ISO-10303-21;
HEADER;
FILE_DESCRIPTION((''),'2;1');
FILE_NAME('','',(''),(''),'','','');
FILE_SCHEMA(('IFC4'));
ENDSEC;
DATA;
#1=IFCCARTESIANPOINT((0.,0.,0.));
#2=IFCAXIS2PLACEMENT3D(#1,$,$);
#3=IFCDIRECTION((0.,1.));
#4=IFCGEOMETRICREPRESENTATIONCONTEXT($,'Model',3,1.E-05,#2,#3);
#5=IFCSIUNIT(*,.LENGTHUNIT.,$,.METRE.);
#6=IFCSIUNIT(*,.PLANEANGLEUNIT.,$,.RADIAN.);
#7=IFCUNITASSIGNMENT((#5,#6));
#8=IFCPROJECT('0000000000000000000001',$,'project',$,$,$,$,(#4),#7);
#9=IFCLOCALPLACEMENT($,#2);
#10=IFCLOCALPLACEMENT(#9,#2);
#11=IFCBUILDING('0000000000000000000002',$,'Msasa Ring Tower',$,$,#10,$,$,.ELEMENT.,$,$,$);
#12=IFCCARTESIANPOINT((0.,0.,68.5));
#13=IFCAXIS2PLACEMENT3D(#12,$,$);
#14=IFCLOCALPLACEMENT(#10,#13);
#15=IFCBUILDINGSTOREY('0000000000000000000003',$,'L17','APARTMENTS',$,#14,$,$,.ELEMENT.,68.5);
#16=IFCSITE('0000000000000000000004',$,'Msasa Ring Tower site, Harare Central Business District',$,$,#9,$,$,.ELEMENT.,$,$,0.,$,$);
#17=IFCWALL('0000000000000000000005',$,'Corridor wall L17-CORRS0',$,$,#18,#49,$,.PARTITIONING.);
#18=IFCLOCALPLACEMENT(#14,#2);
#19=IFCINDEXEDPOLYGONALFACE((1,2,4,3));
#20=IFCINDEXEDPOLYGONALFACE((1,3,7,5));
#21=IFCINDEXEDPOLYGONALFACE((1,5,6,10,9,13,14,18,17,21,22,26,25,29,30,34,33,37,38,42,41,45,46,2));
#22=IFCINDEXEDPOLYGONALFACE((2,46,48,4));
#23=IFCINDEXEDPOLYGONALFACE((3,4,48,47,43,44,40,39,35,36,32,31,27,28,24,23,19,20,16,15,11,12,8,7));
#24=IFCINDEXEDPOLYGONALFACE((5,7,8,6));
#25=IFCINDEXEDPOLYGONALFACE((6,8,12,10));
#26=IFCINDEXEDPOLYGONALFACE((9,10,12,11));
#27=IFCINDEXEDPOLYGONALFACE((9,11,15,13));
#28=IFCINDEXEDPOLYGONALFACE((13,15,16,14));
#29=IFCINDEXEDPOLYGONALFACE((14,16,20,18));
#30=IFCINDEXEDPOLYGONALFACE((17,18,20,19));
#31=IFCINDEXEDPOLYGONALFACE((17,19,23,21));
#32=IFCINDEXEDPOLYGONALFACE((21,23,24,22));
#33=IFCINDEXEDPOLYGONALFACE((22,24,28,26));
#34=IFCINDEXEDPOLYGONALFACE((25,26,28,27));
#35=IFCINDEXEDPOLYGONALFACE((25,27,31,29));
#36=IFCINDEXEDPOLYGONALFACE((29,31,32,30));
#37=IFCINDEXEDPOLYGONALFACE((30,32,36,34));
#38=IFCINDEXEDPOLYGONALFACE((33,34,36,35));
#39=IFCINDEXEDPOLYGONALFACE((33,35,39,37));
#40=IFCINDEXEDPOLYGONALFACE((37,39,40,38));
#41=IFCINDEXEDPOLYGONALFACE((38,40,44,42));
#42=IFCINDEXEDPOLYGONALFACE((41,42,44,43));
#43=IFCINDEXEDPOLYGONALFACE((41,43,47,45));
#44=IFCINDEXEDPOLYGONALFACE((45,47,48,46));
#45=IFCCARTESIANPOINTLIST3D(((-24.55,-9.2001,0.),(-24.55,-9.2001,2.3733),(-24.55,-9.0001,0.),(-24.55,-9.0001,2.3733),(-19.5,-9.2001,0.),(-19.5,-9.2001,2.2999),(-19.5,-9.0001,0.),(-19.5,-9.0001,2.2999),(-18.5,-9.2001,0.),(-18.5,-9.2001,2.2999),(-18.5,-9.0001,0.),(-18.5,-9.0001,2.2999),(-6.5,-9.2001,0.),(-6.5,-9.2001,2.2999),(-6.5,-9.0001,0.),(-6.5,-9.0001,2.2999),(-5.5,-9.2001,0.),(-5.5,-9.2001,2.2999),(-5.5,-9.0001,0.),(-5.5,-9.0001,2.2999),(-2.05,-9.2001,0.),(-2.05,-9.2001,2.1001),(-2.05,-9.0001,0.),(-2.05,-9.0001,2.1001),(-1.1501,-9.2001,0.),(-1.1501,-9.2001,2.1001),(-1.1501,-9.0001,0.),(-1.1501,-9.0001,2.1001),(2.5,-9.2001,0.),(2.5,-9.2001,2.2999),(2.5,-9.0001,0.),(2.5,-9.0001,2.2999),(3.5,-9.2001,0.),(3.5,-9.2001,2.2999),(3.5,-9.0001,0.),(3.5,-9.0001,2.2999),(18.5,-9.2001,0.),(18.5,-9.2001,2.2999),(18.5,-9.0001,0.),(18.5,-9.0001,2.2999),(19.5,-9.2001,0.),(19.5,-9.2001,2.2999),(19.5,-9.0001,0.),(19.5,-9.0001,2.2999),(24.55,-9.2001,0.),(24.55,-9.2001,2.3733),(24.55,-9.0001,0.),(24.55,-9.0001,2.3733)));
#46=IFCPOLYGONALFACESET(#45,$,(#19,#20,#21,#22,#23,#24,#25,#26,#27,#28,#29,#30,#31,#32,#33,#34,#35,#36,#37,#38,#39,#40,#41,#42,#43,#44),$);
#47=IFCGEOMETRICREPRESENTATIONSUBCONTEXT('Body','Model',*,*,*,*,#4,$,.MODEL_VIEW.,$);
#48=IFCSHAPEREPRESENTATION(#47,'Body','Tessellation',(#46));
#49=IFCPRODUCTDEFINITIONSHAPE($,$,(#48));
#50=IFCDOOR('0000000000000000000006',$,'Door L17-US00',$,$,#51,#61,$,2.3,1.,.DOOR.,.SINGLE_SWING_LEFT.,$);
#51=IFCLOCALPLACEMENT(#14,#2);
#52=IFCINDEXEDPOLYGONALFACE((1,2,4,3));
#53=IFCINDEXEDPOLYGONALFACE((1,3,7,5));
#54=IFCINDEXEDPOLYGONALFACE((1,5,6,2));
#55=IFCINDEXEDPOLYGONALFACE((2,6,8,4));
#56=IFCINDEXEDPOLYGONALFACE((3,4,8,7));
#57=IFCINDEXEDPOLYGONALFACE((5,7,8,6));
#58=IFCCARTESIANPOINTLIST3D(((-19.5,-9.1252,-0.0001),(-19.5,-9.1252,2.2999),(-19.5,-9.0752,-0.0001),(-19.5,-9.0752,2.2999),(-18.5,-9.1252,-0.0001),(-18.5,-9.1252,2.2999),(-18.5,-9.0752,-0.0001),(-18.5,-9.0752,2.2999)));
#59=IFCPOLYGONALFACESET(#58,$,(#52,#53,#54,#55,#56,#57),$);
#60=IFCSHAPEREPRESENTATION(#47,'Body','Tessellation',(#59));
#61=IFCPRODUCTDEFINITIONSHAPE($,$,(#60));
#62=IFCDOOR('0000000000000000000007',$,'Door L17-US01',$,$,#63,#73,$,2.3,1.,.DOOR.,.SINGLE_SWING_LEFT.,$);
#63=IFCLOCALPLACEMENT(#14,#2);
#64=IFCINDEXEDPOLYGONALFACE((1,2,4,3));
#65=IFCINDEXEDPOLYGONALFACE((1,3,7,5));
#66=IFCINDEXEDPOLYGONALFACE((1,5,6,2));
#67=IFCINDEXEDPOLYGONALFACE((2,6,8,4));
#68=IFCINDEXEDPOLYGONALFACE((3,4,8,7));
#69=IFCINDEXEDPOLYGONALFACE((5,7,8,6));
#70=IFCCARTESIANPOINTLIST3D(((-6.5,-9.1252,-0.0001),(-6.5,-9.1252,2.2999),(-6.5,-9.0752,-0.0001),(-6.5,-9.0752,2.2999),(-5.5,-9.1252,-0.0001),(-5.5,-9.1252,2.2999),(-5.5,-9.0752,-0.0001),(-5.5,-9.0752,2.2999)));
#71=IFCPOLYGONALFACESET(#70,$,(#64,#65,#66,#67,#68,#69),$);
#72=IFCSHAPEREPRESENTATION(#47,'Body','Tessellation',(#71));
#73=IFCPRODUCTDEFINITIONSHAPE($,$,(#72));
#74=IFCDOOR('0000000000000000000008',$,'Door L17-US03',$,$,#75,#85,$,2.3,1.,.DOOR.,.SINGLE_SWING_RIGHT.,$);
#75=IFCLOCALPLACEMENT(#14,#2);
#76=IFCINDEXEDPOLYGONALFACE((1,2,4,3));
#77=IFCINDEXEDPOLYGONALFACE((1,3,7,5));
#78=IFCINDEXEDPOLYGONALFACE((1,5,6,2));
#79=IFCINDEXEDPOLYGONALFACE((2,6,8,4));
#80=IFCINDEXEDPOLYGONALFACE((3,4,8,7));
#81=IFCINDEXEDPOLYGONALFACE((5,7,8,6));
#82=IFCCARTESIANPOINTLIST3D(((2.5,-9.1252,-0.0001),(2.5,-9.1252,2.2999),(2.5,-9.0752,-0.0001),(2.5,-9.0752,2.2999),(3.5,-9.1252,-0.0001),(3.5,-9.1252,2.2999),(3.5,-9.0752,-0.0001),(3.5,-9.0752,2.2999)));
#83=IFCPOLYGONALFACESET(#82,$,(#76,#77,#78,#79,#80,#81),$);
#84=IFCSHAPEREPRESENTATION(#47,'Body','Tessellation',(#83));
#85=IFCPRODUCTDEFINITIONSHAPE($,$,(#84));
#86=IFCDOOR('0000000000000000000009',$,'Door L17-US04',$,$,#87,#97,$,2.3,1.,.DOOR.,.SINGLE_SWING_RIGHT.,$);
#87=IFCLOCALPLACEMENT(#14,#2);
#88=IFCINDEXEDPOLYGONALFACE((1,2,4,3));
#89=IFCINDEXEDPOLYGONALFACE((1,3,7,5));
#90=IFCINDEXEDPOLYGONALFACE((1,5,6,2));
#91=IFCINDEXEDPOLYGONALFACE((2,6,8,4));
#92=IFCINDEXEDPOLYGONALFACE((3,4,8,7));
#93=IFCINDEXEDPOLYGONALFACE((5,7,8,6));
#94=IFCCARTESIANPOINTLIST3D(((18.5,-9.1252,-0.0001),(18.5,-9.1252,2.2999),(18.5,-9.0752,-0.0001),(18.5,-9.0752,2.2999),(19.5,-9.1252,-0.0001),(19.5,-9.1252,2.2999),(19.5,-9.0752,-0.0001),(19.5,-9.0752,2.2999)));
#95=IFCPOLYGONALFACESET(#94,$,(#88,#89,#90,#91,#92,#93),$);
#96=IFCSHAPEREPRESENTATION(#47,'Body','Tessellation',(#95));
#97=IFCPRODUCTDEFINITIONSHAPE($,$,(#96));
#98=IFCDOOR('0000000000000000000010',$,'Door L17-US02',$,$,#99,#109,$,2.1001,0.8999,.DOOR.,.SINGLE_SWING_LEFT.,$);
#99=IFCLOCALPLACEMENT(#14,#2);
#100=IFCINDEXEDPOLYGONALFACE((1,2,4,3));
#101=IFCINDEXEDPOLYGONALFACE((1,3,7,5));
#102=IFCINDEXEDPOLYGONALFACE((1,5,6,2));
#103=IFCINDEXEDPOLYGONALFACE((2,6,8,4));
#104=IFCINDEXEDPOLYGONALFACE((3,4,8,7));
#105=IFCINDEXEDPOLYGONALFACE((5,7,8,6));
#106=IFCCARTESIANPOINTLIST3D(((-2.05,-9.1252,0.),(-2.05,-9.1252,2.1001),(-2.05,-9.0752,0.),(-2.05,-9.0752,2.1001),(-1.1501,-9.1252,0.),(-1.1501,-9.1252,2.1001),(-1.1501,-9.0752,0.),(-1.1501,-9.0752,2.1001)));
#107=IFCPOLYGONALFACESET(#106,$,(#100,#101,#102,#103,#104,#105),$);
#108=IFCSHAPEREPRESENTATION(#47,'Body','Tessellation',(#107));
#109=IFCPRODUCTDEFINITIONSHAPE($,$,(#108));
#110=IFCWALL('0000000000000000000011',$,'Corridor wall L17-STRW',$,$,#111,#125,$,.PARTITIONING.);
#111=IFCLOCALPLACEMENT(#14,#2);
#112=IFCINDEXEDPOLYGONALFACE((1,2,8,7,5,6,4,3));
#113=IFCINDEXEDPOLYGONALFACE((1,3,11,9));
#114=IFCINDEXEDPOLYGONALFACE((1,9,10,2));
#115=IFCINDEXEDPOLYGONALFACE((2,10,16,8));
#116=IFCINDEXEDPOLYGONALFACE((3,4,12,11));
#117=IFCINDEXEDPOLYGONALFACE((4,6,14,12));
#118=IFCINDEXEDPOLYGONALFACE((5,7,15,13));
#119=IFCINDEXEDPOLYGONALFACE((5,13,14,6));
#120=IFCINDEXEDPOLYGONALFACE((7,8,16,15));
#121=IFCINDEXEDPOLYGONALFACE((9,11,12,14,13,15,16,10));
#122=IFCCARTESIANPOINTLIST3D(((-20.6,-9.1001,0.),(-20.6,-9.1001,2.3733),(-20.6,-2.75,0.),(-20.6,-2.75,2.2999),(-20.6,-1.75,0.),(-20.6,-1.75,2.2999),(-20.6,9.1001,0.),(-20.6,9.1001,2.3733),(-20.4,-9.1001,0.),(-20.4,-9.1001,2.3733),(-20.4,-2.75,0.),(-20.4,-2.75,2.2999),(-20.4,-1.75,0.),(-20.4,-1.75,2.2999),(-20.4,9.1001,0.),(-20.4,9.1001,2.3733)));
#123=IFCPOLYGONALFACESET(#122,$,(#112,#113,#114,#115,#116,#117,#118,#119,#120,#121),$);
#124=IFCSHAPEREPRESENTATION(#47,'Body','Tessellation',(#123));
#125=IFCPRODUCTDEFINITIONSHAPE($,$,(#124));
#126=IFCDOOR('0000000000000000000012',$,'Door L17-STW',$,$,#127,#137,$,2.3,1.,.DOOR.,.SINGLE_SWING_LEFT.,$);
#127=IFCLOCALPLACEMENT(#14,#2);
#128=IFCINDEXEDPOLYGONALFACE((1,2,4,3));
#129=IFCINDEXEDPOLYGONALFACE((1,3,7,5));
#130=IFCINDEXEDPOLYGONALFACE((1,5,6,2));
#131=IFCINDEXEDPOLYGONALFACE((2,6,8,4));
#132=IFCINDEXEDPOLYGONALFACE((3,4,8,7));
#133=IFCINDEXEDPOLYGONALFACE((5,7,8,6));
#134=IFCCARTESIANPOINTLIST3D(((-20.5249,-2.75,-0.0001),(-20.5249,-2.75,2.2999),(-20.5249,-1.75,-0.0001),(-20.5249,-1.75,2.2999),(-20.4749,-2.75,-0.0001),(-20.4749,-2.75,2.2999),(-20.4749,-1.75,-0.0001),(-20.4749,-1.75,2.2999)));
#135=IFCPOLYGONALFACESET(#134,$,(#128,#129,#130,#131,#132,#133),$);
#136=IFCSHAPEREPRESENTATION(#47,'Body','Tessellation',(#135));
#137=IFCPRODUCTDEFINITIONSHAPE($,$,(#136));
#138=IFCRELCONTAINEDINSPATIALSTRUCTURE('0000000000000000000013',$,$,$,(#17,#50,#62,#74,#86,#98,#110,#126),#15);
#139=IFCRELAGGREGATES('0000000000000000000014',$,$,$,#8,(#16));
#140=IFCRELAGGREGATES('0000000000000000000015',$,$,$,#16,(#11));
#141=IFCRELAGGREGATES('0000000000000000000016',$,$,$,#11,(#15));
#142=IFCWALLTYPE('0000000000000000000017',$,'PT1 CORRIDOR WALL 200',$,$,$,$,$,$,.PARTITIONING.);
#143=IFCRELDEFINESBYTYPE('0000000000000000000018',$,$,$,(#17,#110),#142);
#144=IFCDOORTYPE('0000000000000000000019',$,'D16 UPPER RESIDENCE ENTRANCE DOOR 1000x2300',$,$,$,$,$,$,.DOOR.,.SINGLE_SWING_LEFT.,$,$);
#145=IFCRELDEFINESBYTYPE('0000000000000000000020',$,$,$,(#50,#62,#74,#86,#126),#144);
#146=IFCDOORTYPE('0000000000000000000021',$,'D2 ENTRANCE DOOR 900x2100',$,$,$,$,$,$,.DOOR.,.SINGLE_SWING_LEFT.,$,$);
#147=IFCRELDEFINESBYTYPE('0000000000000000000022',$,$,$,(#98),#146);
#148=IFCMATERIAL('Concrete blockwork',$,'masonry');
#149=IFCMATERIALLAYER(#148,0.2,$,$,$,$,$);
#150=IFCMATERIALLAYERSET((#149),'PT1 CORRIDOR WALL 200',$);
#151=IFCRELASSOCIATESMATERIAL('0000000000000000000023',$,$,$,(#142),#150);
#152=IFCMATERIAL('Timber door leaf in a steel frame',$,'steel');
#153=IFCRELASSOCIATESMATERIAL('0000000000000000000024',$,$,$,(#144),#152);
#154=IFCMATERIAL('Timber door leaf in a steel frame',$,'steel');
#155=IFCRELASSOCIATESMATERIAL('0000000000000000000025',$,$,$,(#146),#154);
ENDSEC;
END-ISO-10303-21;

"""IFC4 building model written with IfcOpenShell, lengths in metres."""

from ifc_helpers import new_model, si_unit, direction, frame, frame_2d, origin, place, context, subcontext, project, spatial, rectangle, extrude, material, layer, layer_set, type_object, element, fill, save


model = new_model("IFC4")

# Units and contexts
model_context = context("Model", 3, precision=1e-05, world=origin(), true_north=direction((0.0, 1.0)))
body_context = subcontext(model_context, "Body", "Model", "MODEL_VIEW")
ifc_project = project(units=[si_unit("LENGTHUNIT", "METRE"), si_unit("PLANEANGLEUNIT", "RADIAN")], contexts=[model_context])

# Site, building, storey
site_placement = place(None, origin())
site = spatial("IfcSite", under=ifc_project, at=site_placement, Name="Msasa Ring Tower site, Harare Central Business District", CompositionType="ELEMENT", RefElevation=0.0)
building_placement = place(site_placement, origin())
building = spatial("IfcBuilding", under=site, at=building_placement, Name="Msasa Ring Tower", CompositionType="ELEMENT")
storey_placement = place(building_placement, frame((0.0, 0.0, 68.5)))
storey = spatial("IfcBuildingStorey", under=building, at=storey_placement, Name="L17", Description="APARTMENTS", CompositionType="ELEMENT", Elevation=68.5)

# Wall, openings, doors
ifc_material_1 = material(Name="Concrete blockwork", Category="masonry")
ifc_layer_1 = layer(ifc_material_1, 0.2)
ifc_layer_set_1 = layer_set([ifc_layer_1], Name="PT1 CORRIDOR WALL 200")
wall_type_1 = type_object("IfcWallType", Name="PT1 CORRIDOR WALL 200", PredefinedType="PARTITIONING", material=ifc_layer_set_1)
wall_1_placement = place(storey_placement, frame((-24.55, -9.1001, 0.0), z_axis=(0.0, 0.0, 1.0), x_axis=(1.0, 0.0, 0.0)))
wall_1 = element("IfcWall", 1, at=wall_1_placement, inside=storey, type_object=wall_type_1, Name="Corridor wall L17-CORRS0", PredefinedType="PARTITIONING", context=body_context, shape_type="SweptSolid", body=[
    extrude(rectangle(XDim=49.1001, YDim=0.2, at=frame_2d((24.55, 0.0))), origin(), (0.0, 0.0, 1.0), 2.3733),
])
opening_1_placement = place(wall_1_placement, frame((5.05, 0.0, 0.0)))
opening_1 = element("IfcOpeningElement", 2, at=opening_1_placement, cuts=wall_1, PredefinedType="OPENING", context=body_context, shape_type="SweptSolid", body=[
    extrude(rectangle(XDim=1.0, YDim=2.3, at=frame_2d((0.5, 1.1499))), frame((0.0, 0.1099, 0.0), z_axis=(0.0, -1.0, 0.0), x_axis=(1.0, 0.0, 0.0)), (0.0, 0.0, 1.0), 0.22),
])
opening_2_placement = place(wall_1_placement, frame((18.05, 0.0, 0.0)))
opening_2 = element("IfcOpeningElement", 3, at=opening_2_placement, cuts=wall_1, PredefinedType="OPENING", context=body_context, shape_type="SweptSolid", body=[
    extrude(rectangle(XDim=1.0, YDim=2.3, at=frame_2d((0.5, 1.1499))), frame((0.0, 0.1099, 0.0), z_axis=(0.0, -1.0, 0.0), x_axis=(1.0, 0.0, 0.0)), (0.0, 0.0, 1.0), 0.22),
])
opening_3_placement = place(wall_1_placement, frame((22.5, 0.0, 0.0)))
opening_3 = element("IfcOpeningElement", 4, at=opening_3_placement, cuts=wall_1, PredefinedType="OPENING", context=body_context, shape_type="SweptSolid", body=[
    extrude(rectangle(XDim=0.8999, YDim=2.1001, at=frame_2d((0.45, 1.05))), frame((0.0, 0.1099, 0.0), z_axis=(0.0, -1.0, 0.0), x_axis=(1.0, 0.0, 0.0)), (0.0, 0.0, 1.0), 0.22),
])
opening_4_placement = place(wall_1_placement, frame((27.05, 0.0, 0.0)))
opening_4 = element("IfcOpeningElement", 5, at=opening_4_placement, cuts=wall_1, PredefinedType="OPENING", context=body_context, shape_type="SweptSolid", body=[
    extrude(rectangle(XDim=1.0, YDim=2.3, at=frame_2d((0.5, 1.1499))), frame((0.0, 0.1099, 0.0), z_axis=(0.0, -1.0, 0.0), x_axis=(1.0, 0.0, 0.0)), (0.0, 0.0, 1.0), 0.22),
])
opening_5_placement = place(wall_1_placement, frame((43.05, 0.0, 0.0)))
opening_5 = element("IfcOpeningElement", 6, at=opening_5_placement, cuts=wall_1, PredefinedType="OPENING", context=body_context, shape_type="SweptSolid", body=[
    extrude(rectangle(XDim=1.0, YDim=2.3, at=frame_2d((0.5, 1.1499))), frame((0.0, 0.1099, 0.0), z_axis=(0.0, -1.0, 0.0), x_axis=(1.0, 0.0, 0.0)), (0.0, 0.0, 1.0), 0.22),
])
ifc_material_2 = material(Name="Timber door leaf in a steel frame", Category="steel")
door_type_1 = type_object("IfcDoorType", Name="D16 UPPER RESIDENCE ENTRANCE DOOR 1000x2300", OperationType="SINGLE_SWING_LEFT", PredefinedType="DOOR", material=ifc_material_2)
door_1_placement = place(opening_1_placement, origin())
door_1 = element("IfcDoor", 7, at=door_1_placement, inside=storey, type_object=door_type_1, Name="Door L17-US00", OperationType="SINGLE_SWING_LEFT", OverallHeight=2.3, OverallWidth=1.0, PredefinedType="DOOR", context=body_context, shape_type="SweptSolid", body=[
    extrude(rectangle(XDim=1.0, YDim=2.3, at=frame_2d((0.5, 1.1499))), frame((0.0, 0.0249, 0.0), z_axis=(0.0, -1.0, 0.0), x_axis=(1.0, 0.0, 0.0)), (0.0, 0.0, 1.0), 0.05),
])
fill(opening_1, door_1)
door_2_placement = place(opening_2_placement, origin())
door_2 = element("IfcDoor", 8, at=door_2_placement, inside=storey, type_object=door_type_1, Name="Door L17-US01", OperationType="SINGLE_SWING_LEFT", OverallHeight=2.3, OverallWidth=1.0, PredefinedType="DOOR", context=body_context, shape_type="SweptSolid", body=[
    extrude(rectangle(XDim=1.0, YDim=2.3, at=frame_2d((0.5, 1.1499))), frame((0.0, 0.0249, 0.0), z_axis=(0.0, -1.0, 0.0), x_axis=(1.0, 0.0, 0.0)), (0.0, 0.0, 1.0), 0.05),
])
fill(opening_2, door_2)
door_3_placement = place(opening_4_placement, origin())
door_3 = element("IfcDoor", 9, at=door_3_placement, inside=storey, type_object=door_type_1, Name="Door L17-US03", OperationType="SINGLE_SWING_RIGHT", OverallHeight=2.3, OverallWidth=1.0, PredefinedType="DOOR", context=body_context, shape_type="SweptSolid", body=[
    extrude(rectangle(XDim=1.0, YDim=2.3, at=frame_2d((0.5, 1.1499))), frame((0.0, 0.0249, 0.0), z_axis=(0.0, -1.0, 0.0), x_axis=(1.0, 0.0, 0.0)), (0.0, 0.0, 1.0), 0.05),
])
fill(opening_4, door_3)
door_4_placement = place(opening_5_placement, origin())
door_4 = element("IfcDoor", 10, at=door_4_placement, inside=storey, type_object=door_type_1, Name="Door L17-US04", OperationType="SINGLE_SWING_RIGHT", OverallHeight=2.3, OverallWidth=1.0, PredefinedType="DOOR", context=body_context, shape_type="SweptSolid", body=[
    extrude(rectangle(XDim=1.0, YDim=2.3, at=frame_2d((0.5, 1.1499))), frame((0.0, 0.0249, 0.0), z_axis=(0.0, -1.0, 0.0), x_axis=(1.0, 0.0, 0.0)), (0.0, 0.0, 1.0), 0.05),
])
fill(opening_5, door_4)
ifc_material_3 = material(Name="Timber door leaf in a steel frame", Category="steel")
door_type_2 = type_object("IfcDoorType", Name="D2 ENTRANCE DOOR 900x2100", OperationType="SINGLE_SWING_LEFT", PredefinedType="DOOR", material=ifc_material_3)
door_5_placement = place(opening_3_placement, origin())
door_5 = element("IfcDoor", 11, at=door_5_placement, inside=storey, type_object=door_type_2, Name="Door L17-US02", OperationType="SINGLE_SWING_LEFT", OverallHeight=2.1001, OverallWidth=0.8999, PredefinedType="DOOR", context=body_context, shape_type="SweptSolid", body=[
    extrude(rectangle(XDim=0.8999, YDim=2.1001, at=frame_2d((0.45, 1.05))), frame((0.0, 0.0249, 0.0), z_axis=(0.0, -1.0, 0.0), x_axis=(1.0, 0.0, 0.0)), (0.0, 0.0, 1.0), 0.05),
])
fill(opening_3, door_5)

# Wall, opening, door
wall_2_placement = place(storey_placement, frame((-20.5, -9.1001, 0.0), z_axis=(0.0, 0.0, 1.0), x_axis=(0.0, 1.0, 0.0)))
wall_2 = element("IfcWall", 12, at=wall_2_placement, inside=storey, type_object=wall_type_1, Name="Corridor wall L17-STRW", PredefinedType="PARTITIONING", context=body_context, shape_type="SweptSolid", body=[
    extrude(rectangle(XDim=18.2002, YDim=0.2, at=frame_2d((9.1001, 0.0))), origin(), (0.0, 0.0, 1.0), 2.3733),
])
opening_6_placement = place(wall_2_placement, frame((6.3501, 0.0, 0.0)))
opening_6 = element("IfcOpeningElement", 13, at=opening_6_placement, cuts=wall_2, PredefinedType="OPENING", context=body_context, shape_type="SweptSolid", body=[
    extrude(rectangle(XDim=1.0, YDim=2.3, at=frame_2d((0.5, 1.1499))), frame((0.0, 0.1099, 0.0), z_axis=(0.0, -1.0, 0.0), x_axis=(1.0, 0.0, 0.0)), (0.0, 0.0, 1.0), 0.22),
])
door_6_placement = place(opening_6_placement, origin())
door_6 = element("IfcDoor", 14, at=door_6_placement, inside=storey, type_object=door_type_1, Name="Door L17-STW", OperationType="SINGLE_SWING_LEFT", OverallHeight=2.3, OverallWidth=1.0, PredefinedType="DOOR", context=body_context, shape_type="SweptSolid", body=[
    extrude(rectangle(XDim=1.0, YDim=2.3, at=frame_2d((0.5, 1.1499))), frame((0.0, 0.0249, 0.0), z_axis=(0.0, -1.0, 0.0), x_axis=(1.0, 0.0, 0.0)), (0.0, 0.0, 1.0), 0.05),
])
fill(opening_6, door_6)

save(model, "model.ifc")
